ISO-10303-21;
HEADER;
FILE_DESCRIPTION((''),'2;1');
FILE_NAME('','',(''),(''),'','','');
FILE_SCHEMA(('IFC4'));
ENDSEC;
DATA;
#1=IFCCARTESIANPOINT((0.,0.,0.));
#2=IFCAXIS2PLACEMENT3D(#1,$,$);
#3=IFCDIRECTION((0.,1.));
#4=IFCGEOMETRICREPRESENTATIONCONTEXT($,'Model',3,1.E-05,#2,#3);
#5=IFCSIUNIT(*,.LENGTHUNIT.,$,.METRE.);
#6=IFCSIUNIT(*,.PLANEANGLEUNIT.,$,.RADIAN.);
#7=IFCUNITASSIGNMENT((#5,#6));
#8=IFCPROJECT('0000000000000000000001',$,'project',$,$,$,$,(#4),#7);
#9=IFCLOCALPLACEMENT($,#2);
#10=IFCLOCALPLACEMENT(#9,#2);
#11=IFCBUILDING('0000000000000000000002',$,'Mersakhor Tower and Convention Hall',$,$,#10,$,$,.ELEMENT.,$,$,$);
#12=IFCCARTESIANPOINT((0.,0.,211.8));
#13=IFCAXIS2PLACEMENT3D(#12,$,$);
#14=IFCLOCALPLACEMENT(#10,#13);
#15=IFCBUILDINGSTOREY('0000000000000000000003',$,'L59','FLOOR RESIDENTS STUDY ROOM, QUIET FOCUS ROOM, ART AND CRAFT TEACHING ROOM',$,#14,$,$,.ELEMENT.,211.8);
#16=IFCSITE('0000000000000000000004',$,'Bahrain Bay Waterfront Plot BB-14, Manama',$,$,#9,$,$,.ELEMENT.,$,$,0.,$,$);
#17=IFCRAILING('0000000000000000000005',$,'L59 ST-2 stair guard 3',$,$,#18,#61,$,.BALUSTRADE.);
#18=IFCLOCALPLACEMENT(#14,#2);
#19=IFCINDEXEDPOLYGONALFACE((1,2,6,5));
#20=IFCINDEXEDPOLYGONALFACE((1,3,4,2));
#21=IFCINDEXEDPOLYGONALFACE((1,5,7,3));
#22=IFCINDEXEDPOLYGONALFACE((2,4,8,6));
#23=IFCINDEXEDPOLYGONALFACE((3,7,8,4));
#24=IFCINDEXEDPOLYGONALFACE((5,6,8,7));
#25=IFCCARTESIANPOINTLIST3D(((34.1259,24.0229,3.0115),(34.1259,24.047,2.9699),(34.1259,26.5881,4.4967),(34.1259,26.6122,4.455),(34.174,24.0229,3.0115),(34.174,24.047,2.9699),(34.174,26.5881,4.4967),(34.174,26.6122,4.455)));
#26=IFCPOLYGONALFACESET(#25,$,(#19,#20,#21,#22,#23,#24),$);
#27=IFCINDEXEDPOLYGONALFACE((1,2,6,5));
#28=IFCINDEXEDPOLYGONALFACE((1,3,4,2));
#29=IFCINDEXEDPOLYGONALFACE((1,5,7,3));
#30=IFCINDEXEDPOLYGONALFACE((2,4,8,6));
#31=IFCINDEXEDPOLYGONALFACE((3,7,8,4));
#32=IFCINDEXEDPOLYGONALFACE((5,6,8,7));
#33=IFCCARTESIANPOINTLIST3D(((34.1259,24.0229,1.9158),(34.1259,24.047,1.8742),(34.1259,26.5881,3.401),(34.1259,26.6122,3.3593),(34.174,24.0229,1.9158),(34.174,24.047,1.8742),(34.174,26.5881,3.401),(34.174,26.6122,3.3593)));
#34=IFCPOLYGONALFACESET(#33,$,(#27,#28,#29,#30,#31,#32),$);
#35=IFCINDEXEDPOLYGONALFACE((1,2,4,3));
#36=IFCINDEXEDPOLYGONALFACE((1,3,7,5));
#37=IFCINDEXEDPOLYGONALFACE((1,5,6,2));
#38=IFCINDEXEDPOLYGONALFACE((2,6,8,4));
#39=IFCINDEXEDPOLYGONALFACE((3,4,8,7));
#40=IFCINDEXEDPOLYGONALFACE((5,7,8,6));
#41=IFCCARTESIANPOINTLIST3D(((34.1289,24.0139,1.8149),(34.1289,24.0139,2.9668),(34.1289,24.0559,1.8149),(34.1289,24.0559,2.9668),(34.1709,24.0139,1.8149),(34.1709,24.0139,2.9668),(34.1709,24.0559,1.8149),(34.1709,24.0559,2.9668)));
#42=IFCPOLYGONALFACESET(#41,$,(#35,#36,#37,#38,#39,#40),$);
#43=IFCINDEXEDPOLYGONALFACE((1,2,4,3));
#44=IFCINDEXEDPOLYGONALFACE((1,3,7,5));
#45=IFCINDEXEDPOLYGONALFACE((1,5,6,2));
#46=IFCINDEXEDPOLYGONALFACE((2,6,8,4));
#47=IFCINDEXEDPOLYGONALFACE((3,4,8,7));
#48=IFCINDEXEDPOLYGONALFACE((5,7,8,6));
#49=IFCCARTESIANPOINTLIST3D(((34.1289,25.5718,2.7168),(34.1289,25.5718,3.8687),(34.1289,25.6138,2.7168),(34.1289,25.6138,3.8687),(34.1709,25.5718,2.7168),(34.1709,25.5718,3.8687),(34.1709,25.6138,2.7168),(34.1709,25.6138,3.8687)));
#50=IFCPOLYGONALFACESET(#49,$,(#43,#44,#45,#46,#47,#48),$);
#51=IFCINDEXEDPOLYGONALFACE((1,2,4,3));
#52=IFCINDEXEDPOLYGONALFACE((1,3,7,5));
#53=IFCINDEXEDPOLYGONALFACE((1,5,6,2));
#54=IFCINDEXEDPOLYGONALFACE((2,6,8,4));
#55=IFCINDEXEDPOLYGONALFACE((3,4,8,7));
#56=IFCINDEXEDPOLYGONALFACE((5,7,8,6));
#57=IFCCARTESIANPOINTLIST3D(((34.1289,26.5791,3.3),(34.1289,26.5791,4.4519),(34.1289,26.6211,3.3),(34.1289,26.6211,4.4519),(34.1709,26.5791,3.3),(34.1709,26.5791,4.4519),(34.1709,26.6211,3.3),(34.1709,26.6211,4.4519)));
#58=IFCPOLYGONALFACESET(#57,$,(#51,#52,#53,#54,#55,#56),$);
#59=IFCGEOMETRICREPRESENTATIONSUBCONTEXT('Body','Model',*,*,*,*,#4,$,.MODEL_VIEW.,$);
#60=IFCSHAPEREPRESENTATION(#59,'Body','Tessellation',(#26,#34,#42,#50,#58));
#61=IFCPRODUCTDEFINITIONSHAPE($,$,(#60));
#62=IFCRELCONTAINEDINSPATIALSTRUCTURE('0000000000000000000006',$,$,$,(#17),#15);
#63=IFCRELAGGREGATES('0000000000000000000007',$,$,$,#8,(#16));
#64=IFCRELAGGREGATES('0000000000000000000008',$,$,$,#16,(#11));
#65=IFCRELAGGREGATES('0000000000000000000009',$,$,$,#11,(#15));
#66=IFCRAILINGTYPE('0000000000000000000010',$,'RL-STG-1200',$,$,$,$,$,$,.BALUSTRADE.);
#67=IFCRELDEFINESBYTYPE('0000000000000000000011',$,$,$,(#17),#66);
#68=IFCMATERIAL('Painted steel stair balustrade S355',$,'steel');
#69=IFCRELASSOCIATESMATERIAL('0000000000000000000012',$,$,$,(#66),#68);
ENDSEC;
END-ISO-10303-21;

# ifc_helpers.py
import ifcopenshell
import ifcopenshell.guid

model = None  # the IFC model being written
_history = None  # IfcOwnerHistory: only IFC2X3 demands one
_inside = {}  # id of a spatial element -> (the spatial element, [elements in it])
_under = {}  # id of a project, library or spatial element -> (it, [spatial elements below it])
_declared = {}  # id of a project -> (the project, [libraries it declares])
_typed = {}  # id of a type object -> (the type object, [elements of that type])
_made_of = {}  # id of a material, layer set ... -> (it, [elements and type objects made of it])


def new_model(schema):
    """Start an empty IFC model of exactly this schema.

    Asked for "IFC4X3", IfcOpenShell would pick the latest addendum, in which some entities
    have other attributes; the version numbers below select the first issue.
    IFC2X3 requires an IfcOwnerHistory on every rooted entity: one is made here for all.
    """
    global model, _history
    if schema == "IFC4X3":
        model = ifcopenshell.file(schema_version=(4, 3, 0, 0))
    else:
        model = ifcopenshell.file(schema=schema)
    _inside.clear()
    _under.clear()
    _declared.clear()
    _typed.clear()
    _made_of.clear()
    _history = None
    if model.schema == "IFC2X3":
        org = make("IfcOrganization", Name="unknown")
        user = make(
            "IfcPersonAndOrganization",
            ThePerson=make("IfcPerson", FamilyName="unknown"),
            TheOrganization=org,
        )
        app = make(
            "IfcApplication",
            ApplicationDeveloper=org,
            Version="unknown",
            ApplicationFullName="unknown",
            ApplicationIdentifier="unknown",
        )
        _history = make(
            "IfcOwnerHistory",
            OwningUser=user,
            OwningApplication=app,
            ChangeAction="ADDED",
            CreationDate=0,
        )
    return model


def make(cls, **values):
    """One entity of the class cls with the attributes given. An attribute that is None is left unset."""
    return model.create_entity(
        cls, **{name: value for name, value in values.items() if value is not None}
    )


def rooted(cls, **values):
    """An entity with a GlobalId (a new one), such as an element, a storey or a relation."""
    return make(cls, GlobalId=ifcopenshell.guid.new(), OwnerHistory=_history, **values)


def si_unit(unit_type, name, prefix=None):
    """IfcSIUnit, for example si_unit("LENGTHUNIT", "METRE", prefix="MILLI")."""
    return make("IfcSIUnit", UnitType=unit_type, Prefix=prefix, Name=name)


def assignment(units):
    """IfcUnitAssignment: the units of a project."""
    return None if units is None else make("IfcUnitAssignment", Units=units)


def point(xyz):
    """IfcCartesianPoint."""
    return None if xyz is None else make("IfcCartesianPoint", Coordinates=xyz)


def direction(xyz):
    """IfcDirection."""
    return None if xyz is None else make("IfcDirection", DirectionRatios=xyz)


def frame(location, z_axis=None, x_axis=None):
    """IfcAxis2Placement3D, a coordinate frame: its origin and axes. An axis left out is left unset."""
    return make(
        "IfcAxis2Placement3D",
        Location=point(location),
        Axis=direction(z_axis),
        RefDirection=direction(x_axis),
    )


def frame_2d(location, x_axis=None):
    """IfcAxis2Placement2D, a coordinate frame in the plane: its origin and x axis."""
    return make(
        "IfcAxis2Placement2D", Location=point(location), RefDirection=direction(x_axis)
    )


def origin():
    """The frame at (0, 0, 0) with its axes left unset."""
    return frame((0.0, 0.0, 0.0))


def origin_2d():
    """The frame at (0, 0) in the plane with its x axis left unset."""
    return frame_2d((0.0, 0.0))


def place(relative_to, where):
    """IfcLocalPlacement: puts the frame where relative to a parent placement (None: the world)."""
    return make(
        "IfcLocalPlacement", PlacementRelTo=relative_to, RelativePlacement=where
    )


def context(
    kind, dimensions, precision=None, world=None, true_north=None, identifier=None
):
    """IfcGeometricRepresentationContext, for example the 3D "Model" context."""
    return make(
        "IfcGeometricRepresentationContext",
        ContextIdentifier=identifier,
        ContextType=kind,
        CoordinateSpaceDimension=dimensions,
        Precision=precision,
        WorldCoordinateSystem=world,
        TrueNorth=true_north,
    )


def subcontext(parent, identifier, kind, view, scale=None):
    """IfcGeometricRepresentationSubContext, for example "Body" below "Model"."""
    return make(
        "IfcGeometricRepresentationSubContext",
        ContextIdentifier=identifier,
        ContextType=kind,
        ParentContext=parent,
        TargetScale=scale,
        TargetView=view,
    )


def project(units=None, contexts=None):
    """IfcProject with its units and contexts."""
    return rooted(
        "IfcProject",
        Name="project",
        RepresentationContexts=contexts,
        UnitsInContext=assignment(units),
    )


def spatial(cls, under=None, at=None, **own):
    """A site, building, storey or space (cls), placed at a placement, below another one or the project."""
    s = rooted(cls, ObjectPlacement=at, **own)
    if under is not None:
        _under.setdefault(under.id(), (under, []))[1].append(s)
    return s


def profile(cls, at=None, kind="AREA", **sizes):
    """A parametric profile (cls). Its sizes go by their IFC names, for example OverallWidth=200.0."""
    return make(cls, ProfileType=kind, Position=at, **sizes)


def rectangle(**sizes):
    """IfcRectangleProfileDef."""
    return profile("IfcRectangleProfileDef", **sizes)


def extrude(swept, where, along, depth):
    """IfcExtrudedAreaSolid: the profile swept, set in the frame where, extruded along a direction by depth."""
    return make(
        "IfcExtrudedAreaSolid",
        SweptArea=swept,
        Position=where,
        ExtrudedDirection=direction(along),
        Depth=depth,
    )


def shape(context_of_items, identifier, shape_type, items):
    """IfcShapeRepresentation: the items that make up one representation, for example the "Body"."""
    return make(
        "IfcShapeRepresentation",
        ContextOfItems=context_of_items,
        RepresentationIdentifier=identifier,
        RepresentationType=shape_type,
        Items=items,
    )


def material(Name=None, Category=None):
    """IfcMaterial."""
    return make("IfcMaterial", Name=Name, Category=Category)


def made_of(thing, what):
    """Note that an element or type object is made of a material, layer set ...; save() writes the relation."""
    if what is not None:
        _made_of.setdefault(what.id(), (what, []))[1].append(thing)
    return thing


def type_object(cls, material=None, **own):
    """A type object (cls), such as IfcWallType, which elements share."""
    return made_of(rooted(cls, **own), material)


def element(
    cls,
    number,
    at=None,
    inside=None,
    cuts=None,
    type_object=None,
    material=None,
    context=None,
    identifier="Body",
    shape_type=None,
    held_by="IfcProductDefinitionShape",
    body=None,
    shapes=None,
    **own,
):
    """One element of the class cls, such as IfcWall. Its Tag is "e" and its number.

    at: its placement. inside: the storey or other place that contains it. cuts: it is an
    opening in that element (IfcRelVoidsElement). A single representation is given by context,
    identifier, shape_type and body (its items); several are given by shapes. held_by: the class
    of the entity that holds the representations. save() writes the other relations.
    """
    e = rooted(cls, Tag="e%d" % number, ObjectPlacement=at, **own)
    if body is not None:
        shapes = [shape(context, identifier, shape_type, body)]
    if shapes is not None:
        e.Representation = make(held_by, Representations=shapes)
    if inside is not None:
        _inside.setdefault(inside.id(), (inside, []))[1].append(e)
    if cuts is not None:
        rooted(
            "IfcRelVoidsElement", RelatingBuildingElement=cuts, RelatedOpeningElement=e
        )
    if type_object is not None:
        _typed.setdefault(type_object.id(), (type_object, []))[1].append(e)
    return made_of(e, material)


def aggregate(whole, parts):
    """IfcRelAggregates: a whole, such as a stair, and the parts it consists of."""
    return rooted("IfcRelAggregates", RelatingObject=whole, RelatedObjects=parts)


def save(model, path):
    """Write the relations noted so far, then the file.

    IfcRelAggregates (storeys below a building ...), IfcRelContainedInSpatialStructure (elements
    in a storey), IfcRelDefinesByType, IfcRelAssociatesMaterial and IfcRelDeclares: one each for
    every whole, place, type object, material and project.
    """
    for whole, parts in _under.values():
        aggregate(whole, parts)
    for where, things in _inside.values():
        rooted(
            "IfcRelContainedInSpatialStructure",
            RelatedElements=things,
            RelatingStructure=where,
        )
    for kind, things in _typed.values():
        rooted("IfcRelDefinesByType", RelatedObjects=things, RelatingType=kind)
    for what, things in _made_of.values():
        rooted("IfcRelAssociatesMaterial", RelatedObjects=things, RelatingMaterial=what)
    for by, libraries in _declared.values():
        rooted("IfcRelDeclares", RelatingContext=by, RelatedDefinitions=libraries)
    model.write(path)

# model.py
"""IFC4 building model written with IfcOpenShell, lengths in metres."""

from ifc_helpers import new_model, si_unit, direction, frame, origin, origin_2d, place, context, subcontext, project, spatial, rectangle, extrude, material, type_object, element, save


model = new_model("IFC4")

# Units and contexts
model_context = context("Model", 3, precision=1e-05, world=origin(), true_north=direction((0.0, 1.0)))
body_context = subcontext(model_context, "Body", "Model", "MODEL_VIEW")
ifc_project = project(units=[si_unit("LENGTHUNIT", "METRE"), si_unit("PLANEANGLEUNIT", "RADIAN")], contexts=[model_context])

# Site, building, storey
site_placement = place(None, origin())
site = spatial("IfcSite", under=ifc_project, at=site_placement, Name="Bahrain Bay Waterfront Plot BB-14, Manama", CompositionType="ELEMENT", RefElevation=0.0)
building_placement = place(site_placement, origin())
building = spatial("IfcBuilding", under=site, at=building_placement, Name="Mersakhor Tower and Convention Hall", CompositionType="ELEMENT")
storey_placement = place(building_placement, frame((0.0, 0.0, 211.8)))
storey = spatial("IfcBuildingStorey", under=building, at=storey_placement, Name="L59", Description="FLOOR RESIDENTS STUDY ROOM, QUIET FOCUS ROOM, ART AND CRAFT TEACHING ROOM", CompositionType="ELEMENT", Elevation=211.8)

# Railing
ifc_material_1 = material(Name="Painted steel stair balustrade S355", Category="steel")
railing_type_1 = type_object("IfcRailingType", Name="RL-STG-1200", PredefinedType="BALUSTRADE", material=ifc_material_1)
railing_1_placement = place(storey_placement, frame((34.1499, 24.0349, 1.8149)))
element("IfcRailing", 1, at=railing_1_placement, inside=storey, type_object=railing_type_1, Name="L59 ST-2 stair guard 3", PredefinedType="BALUSTRADE", context=body_context, shape_type="SweptSolid", body=[
    extrude(rectangle(XDim=0.0481, YDim=0.0481, at=origin_2d()), frame((0.0, 0.0, 1.1758), z_axis=(0.0, 0.865426, 0.501036), x_axis=(-1.0, 0.0, 0.0)), (0.0, 0.0, 1.0), 2.9641),
    extrude(rectangle(XDim=0.0481, YDim=0.0481, at=origin_2d()), frame((0.0, 0.0, 0.0801), z_axis=(0.0, 0.865426, 0.501036), x_axis=(-1.0, 0.0, 0.0)), (0.0, 0.0, 1.0), 2.9641),
    extrude(rectangle(XDim=0.042, YDim=0.042, at=origin_2d()), origin(), (0.0, 0.0, 1.0), 1.1519),
    extrude(rectangle(XDim=0.042, YDim=0.042, at=origin_2d()), frame((0.0, 1.5579, 0.9019)), (0.0, 0.0, 1.0), 1.1519),
    extrude(rectangle(XDim=0.042, YDim=0.042, at=origin_2d()), frame((0.0, 2.5652, 1.4851)), (0.0, 0.0, 1.0), 1.1519),
])

save(model, "model.ifc")
